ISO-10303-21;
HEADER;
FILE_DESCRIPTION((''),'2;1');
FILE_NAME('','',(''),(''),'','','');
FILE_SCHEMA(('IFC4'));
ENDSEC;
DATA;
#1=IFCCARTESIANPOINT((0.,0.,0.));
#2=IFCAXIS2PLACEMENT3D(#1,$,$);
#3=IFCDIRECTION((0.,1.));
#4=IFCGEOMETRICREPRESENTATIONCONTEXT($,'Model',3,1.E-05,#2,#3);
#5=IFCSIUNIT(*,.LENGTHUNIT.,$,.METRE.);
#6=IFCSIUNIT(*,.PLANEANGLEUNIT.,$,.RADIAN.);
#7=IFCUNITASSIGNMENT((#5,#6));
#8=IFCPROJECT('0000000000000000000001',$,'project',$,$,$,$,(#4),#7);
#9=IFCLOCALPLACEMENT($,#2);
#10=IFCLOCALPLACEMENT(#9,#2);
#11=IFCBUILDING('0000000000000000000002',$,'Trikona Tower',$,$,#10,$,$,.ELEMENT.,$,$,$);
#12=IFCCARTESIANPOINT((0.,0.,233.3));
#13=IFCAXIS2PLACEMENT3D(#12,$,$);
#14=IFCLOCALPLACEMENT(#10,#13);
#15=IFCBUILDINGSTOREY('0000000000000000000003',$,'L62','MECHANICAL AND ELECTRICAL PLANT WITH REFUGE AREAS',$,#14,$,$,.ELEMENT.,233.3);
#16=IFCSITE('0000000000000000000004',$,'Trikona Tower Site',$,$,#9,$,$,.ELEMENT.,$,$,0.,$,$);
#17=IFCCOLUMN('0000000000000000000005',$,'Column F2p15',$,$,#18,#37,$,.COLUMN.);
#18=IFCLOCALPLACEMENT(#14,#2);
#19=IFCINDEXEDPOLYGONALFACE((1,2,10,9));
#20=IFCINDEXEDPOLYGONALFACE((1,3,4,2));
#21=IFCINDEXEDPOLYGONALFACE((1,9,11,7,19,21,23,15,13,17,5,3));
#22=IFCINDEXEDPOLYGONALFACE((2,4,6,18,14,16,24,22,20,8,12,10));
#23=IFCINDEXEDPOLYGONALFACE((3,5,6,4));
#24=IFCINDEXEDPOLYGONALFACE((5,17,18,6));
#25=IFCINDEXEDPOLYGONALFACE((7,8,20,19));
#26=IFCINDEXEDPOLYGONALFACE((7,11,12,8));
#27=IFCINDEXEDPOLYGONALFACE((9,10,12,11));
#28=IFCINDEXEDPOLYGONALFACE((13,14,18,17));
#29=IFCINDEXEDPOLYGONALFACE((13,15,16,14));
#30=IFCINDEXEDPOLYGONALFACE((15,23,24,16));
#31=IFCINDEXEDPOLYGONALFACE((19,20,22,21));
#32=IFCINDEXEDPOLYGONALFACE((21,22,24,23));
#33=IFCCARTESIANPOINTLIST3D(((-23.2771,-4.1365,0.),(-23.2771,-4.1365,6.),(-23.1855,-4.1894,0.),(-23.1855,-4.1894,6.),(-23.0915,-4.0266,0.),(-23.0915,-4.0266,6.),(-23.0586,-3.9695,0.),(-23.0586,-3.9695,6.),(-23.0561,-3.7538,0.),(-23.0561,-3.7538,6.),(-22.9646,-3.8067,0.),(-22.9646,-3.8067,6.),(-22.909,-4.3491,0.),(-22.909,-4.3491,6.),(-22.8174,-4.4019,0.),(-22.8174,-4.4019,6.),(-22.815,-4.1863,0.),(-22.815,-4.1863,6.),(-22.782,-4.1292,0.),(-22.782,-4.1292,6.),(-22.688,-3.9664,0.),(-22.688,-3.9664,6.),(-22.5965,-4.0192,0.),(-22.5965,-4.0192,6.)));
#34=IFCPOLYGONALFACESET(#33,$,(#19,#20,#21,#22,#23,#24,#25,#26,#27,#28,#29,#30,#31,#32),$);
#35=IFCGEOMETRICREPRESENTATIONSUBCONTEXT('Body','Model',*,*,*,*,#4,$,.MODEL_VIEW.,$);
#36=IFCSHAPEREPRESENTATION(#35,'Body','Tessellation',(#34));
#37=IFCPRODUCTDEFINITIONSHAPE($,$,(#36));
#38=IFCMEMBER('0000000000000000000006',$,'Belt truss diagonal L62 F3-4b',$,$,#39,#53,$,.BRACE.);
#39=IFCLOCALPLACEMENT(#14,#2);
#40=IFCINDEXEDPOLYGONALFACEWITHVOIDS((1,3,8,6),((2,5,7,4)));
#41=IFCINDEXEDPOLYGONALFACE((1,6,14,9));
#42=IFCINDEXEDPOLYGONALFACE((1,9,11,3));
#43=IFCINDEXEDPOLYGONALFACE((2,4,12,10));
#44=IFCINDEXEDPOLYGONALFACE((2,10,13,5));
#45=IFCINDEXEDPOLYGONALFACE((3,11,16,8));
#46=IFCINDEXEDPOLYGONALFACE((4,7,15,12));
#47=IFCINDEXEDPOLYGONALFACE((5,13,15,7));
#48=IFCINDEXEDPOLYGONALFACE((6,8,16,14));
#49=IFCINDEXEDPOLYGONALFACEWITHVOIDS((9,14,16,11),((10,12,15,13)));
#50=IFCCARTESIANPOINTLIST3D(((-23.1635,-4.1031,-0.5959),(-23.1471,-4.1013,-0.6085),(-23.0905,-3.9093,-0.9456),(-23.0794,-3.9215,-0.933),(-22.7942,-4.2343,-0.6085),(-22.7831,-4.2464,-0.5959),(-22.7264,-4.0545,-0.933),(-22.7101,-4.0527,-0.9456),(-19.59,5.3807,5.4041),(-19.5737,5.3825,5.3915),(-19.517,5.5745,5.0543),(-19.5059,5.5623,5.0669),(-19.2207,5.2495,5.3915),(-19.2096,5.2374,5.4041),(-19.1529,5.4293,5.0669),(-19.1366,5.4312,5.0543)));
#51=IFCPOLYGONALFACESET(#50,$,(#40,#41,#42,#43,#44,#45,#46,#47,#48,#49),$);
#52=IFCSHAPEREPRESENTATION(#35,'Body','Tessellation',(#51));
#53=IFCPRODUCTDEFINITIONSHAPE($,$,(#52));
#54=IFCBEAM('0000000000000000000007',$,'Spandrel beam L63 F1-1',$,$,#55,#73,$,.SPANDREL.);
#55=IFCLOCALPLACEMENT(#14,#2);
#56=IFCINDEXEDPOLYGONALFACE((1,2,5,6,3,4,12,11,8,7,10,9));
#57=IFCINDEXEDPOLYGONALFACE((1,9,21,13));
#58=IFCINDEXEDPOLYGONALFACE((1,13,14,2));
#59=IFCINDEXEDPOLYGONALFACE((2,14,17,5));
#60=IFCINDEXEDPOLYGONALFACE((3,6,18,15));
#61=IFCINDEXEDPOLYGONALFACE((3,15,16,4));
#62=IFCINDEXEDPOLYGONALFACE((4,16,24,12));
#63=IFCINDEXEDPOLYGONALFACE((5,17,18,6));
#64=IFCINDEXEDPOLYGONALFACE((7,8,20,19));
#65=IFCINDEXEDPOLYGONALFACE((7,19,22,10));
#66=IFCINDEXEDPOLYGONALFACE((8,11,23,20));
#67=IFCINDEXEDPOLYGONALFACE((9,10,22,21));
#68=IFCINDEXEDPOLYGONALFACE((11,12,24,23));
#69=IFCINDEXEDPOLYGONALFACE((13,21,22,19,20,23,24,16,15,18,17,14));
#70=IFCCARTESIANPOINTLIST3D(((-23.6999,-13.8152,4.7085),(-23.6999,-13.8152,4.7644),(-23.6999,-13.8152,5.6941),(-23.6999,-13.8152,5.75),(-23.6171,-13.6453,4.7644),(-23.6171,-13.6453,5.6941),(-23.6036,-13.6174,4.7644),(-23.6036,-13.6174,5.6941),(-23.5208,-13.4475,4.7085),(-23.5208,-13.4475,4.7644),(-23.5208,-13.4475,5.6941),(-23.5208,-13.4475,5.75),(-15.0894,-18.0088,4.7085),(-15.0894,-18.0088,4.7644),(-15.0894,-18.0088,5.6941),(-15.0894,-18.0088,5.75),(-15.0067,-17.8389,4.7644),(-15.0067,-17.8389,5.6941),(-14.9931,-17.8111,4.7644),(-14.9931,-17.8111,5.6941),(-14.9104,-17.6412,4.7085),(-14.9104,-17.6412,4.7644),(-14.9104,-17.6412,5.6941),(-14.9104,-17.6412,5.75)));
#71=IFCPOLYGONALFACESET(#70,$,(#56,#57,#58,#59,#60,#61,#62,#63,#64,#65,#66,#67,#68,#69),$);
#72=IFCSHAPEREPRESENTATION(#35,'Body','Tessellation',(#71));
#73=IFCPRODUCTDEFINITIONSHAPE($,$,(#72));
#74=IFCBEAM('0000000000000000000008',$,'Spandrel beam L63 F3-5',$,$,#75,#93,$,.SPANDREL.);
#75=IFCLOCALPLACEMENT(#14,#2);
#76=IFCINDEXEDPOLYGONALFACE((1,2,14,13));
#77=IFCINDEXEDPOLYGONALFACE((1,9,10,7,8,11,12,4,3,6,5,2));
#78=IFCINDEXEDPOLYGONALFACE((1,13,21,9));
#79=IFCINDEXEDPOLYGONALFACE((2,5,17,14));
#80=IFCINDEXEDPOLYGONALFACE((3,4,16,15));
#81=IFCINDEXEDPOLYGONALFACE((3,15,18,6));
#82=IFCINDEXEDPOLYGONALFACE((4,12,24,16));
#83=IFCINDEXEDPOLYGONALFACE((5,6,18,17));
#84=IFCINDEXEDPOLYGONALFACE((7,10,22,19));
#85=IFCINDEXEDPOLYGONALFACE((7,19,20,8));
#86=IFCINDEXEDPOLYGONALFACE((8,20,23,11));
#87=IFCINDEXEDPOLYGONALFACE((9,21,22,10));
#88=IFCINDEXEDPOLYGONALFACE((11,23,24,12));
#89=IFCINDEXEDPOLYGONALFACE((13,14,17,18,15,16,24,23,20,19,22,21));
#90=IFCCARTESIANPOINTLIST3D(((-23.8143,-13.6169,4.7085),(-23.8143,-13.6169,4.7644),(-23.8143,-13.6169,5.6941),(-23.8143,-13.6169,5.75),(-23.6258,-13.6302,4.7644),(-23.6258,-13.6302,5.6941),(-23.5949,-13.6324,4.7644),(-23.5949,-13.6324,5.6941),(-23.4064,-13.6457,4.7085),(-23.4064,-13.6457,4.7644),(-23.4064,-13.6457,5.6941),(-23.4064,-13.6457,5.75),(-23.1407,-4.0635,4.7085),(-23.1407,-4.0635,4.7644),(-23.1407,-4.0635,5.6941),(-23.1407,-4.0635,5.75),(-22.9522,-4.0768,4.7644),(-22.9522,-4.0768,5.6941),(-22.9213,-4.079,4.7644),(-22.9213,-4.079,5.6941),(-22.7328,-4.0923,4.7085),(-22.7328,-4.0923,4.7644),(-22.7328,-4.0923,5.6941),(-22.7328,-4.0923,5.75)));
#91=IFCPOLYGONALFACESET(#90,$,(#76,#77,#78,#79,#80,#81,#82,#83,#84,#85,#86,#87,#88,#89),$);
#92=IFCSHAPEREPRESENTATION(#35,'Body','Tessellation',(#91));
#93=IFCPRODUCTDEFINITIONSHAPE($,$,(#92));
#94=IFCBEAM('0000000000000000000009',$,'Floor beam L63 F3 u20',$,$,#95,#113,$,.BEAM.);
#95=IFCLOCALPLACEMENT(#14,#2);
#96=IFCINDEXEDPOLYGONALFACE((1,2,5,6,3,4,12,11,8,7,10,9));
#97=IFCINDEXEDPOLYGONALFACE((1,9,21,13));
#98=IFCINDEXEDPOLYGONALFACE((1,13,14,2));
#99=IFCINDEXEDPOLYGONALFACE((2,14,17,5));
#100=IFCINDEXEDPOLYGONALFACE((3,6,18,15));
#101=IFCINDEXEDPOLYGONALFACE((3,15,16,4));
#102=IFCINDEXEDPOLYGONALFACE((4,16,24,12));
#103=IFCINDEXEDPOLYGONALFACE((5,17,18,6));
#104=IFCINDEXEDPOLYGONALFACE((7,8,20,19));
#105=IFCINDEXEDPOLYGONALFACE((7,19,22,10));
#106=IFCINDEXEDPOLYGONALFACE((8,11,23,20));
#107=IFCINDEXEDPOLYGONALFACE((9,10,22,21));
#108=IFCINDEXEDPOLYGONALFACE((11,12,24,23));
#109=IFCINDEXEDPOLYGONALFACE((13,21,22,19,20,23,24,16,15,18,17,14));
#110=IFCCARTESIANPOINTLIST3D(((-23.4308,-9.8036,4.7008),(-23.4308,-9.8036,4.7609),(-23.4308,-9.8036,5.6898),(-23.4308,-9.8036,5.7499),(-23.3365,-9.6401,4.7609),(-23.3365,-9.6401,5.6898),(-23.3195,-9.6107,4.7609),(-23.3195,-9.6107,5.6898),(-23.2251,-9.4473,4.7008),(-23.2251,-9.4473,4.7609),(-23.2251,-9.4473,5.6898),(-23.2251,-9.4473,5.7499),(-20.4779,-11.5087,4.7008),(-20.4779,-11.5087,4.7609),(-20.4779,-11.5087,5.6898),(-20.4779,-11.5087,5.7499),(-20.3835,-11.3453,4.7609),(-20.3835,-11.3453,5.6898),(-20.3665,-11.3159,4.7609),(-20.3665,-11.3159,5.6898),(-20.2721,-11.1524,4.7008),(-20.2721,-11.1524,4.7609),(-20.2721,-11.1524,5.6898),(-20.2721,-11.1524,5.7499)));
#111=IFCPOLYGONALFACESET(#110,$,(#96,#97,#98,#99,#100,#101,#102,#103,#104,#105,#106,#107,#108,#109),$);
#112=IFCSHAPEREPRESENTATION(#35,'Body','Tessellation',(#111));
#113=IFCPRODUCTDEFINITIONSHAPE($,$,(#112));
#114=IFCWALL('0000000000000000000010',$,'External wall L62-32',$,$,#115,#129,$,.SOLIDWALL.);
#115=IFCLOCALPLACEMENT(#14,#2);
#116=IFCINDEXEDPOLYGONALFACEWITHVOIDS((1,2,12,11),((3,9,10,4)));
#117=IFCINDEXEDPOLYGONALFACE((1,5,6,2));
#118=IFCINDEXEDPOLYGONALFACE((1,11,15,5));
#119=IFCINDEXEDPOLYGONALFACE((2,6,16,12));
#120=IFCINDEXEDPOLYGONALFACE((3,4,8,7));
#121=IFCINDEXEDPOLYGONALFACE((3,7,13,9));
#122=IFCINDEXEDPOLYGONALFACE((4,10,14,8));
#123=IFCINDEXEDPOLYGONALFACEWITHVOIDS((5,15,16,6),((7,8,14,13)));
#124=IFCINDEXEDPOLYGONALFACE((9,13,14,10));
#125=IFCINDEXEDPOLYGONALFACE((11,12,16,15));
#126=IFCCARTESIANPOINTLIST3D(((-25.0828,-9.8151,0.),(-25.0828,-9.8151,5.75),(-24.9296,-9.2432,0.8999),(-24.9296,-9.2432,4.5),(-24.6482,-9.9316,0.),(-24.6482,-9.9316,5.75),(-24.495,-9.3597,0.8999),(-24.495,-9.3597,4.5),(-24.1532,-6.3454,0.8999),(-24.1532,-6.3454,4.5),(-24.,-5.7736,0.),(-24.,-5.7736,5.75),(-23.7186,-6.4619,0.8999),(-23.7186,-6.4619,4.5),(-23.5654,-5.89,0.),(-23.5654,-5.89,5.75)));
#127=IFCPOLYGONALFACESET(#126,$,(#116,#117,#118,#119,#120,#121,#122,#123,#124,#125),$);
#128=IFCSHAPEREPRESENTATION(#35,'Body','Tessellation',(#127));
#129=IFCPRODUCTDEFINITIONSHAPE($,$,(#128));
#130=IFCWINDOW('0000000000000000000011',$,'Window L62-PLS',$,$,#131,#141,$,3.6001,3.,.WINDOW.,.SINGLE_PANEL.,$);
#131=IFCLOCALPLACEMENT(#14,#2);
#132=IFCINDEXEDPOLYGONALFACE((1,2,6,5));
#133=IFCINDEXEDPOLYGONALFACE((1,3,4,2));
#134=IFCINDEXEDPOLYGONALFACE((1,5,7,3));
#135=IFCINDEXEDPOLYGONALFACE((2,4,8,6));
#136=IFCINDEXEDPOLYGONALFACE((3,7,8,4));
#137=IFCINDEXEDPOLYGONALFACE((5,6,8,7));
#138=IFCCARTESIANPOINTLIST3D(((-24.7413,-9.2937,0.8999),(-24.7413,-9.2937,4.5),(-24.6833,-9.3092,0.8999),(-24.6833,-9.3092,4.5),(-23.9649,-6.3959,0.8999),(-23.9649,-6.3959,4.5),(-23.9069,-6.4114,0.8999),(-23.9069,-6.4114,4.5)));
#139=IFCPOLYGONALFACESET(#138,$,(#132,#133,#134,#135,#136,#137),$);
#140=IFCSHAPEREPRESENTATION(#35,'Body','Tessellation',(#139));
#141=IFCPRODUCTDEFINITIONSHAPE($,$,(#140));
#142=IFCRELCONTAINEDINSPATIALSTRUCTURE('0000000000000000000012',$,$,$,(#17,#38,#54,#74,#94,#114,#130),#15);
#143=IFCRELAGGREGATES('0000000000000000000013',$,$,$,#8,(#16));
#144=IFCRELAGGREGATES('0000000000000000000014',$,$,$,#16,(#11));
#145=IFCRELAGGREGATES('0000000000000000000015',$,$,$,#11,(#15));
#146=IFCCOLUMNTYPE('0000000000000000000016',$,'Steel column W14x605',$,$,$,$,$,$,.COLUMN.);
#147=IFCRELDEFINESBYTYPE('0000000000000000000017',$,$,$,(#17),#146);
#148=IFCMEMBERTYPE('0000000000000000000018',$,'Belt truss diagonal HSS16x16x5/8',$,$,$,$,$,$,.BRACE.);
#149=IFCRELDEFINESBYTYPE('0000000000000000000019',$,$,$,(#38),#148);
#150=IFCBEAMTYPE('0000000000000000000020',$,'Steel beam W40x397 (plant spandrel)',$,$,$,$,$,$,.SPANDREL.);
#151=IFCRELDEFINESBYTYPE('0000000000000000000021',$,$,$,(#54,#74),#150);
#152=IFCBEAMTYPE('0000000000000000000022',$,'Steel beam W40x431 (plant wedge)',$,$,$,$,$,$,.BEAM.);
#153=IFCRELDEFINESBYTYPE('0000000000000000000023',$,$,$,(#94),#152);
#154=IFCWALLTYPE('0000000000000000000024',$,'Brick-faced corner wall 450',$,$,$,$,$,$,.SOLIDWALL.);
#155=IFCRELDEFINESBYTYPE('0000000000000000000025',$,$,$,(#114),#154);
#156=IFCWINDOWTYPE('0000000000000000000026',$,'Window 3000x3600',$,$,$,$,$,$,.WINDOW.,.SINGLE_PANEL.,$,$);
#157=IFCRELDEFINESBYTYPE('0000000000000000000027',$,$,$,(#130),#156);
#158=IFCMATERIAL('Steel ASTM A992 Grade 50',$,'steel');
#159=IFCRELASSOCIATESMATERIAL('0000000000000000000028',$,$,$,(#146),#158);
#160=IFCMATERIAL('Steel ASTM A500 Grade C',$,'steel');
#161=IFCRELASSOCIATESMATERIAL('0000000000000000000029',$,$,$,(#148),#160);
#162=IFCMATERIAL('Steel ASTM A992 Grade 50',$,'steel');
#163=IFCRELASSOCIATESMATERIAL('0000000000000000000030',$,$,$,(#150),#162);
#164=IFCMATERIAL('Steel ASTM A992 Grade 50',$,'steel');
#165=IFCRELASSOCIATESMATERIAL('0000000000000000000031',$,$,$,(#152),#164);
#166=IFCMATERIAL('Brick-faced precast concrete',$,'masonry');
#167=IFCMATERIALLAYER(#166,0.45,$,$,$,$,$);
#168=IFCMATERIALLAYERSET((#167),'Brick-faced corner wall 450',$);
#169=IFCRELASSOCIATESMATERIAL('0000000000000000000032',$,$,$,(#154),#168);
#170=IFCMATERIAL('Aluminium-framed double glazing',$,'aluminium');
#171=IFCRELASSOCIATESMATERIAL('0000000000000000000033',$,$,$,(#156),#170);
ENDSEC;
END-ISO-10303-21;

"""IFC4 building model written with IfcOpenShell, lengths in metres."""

from ifc_helpers import new_model, si_unit, direction, frame, frame_2d, origin, origin_2d, place, context, subcontext, project, spatial, rectangle, hollow_rectangle, i_section, extrude, material, layer, layer_set, material_profile, profile_set, type_object, element, fill, save


model = new_model("IFC4")

# Units and contexts
model_context = context("Model", 3, precision=1e-05, world=origin(), true_north=direction((0.0, 1.0)))
body_context = subcontext(model_context, "Body", "Model", "MODEL_VIEW")
ifc_project = project(units=[si_unit("LENGTHUNIT", "METRE"), si_unit("PLANEANGLEUNIT", "RADIAN")], contexts=[model_context])

# Site, building, storey
site_placement = place(None, origin())
site = spatial("IfcSite", under=ifc_project, at=site_placement, Name="Trikona Tower Site", CompositionType="ELEMENT", RefElevation=0.0)
building_placement = place(site_placement, origin())
building = spatial("IfcBuilding", under=site, at=building_placement, Name="Trikona Tower", CompositionType="ELEMENT")
storey_placement = place(building_placement, frame((0.0, 0.0, 233.3)))
storey = spatial("IfcBuildingStorey", under=building, at=storey_placement, Name="L62", Description="MECHANICAL AND ELECTRICAL PLANT WITH REFUGE AREAS", CompositionType="ELEMENT", Elevation=233.3)

# Column
ifc_material_1 = material(Name="Steel ASTM A992 Grade 50", Category="steel")
ifc_material_profile_1 = material_profile(ifc_material_1, i_section(OverallWidth=0.4419, OverallDepth=0.5308, WebThickness=0.0659, FlangeThickness=0.1057, at=origin_2d()), Name="W14X605")
ifc_profile_set_1 = profile_set([ifc_material_profile_1], Name="Steel ASTM A992 Grade 50")
column_type = type_object("IfcColumnType", Name="Steel column W14x605", PredefinedType="COLUMN", material=ifc_profile_set_1)
column_placement = place(storey_placement, frame((-22.9368, -4.0779, 0.0), z_axis=(0.0, 0.0, 1.0), x_axis=(-0.5, -0.866025, 0.0)))
element("IfcColumn", 1, at=column_placement, inside=storey, type_object=column_type, Name="Column F2p15", PredefinedType="COLUMN", context=body_context, shape_type="SweptSolid", body=[
    extrude(i_section(OverallWidth=0.4419, OverallDepth=0.5308, WebThickness=0.0659, FlangeThickness=0.1057, at=origin_2d()), origin(), (0.0, 0.0, 1.0), 6.0),
])

# Member
ifc_material_2 = material(Name="Steel ASTM A500 Grade C", Category="steel")
ifc_material_profile_2 = material_profile(ifc_material_2, hollow_rectangle(XDim=0.4065, YDim=0.4065, WallThickness=0.0146, at=origin_2d()), Name="HSS16X16X5/8")
ifc_profile_set_2 = profile_set([ifc_material_profile_2], Name="Steel ASTM A500 Grade C")
member_type = type_object("IfcMemberType", Name="Belt truss diagonal HSS16x16x5/8", PredefinedType="BRACE", material=ifc_profile_set_2)
member_placement = place(storey_placement, frame((-22.9368, -4.0779, -0.7708), z_axis=(0.303412, 0.805242, 0.509438), x_axis=(-0.935776, 0.352596, 0.0)))
element("IfcMember", 2, at=member_placement, inside=storey, type_object=member_type, Name="Belt truss diagonal L62 F3-4b", PredefinedType="BRACE", context=body_context, shape_type="SweptSolid", body=[
    extrude(hollow_rectangle(XDim=0.4065, YDim=0.4065, WallThickness=0.0146, at=origin_2d()), origin(), (0.0, 0.0, 1.0), 11.7776),
])

# Beams
ifc_material_3 = material(Name="Steel ASTM A992 Grade 50", Category="steel")
ifc_material_profile_3 = material_profile(ifc_material_3, i_section(OverallWidth=0.4089, OverallDepth=1.0415, WebThickness=0.031, FlangeThickness=0.0559, at=origin_2d()), Name="W40X397")
ifc_profile_set_3 = profile_set([ifc_material_profile_3], Name="Steel ASTM A992 Grade 50")
beam_type_1 = type_object("IfcBeamType", Name="Steel beam W40x397 (plant spandrel)", PredefinedType="SPANDREL", material=ifc_profile_set_3)
beam_1_placement = place(storey_placement, frame((-23.6104, -13.6313, 5.2292), z_axis=(0.899039, -0.43787, 0.0), x_axis=(0.43787, 0.899039, 0.0)))
element("IfcBeam", 3, at=beam_1_placement, inside=storey, type_object=beam_type_1, Name="Spandrel beam L63 F1-1", PredefinedType="SPANDREL", context=body_context, shape_type="SweptSolid", body=[
    extrude(i_section(OverallWidth=0.4089, OverallDepth=1.0415, WebThickness=0.031, FlangeThickness=0.0559, at=origin_2d()), origin(), (0.0, 0.0, 1.0), 9.5774),
])
beam_2_placement = place(storey_placement, frame((-22.9368, -4.0779, 5.2292), z_axis=(-0.070332, -0.997524, 0.0), x_axis=(0.997524, -0.070332, 0.0)))
element("IfcBeam", 4, at=beam_2_placement, inside=storey, type_object=beam_type_1, Name="Spandrel beam L63 F3-5", PredefinedType="SPANDREL", context=body_context, shape_type="SweptSolid", body=[
    extrude(i_section(OverallWidth=0.4089, OverallDepth=1.0415, WebThickness=0.031, FlangeThickness=0.0559, at=origin_2d()), origin(), (0.0, 0.0, 1.0), 9.5771),
])
ifc_material_4 = material(Name="Steel ASTM A992 Grade 50", Category="steel")
ifc_material_profile_4 = material_profile(ifc_material_4, i_section(OverallWidth=0.4114, OverallDepth=1.0491, WebThickness=0.0339, FlangeThickness=0.0601, at=origin_2d()), Name="W40X431")
ifc_profile_set_4 = profile_set([ifc_material_profile_4], Name="Steel ASTM A992 Grade 50")
beam_type_2 = type_object("IfcBeamType", Name="Steel beam W40x431 (plant wedge)", PredefinedType="BEAM", material=ifc_profile_set_4)
beam_3_placement = place(storey_placement, frame((-20.375, -11.3306, 5.2253), z_axis=(-0.865996, 0.500051, 0.0), x_axis=(-0.500051, -0.865996, 0.0)))
element("IfcBeam", 5, at=beam_3_placement, inside=storey, type_object=beam_type_2, Name="Floor beam L63 F3 u20", PredefinedType="BEAM", context=body_context, shape_type="SweptSolid", body=[
    extrude(i_section(OverallWidth=0.4114, OverallDepth=1.0491, WebThickness=0.0339, FlangeThickness=0.0601, at=origin_2d()), origin(), (0.0, 0.0, 1.0), 3.4099),
])

# Wall, opening, window
ifc_material_5 = material(Name="Brick-faced precast concrete", Category="masonry")
ifc_layer_1 = layer(ifc_material_5, 0.45)
ifc_layer_set_1 = layer_set([ifc_layer_1], Name="Brick-faced corner wall 450")
wall_type_1 = type_object("IfcWallType", Name="Brick-faced corner wall 450", PredefinedType="SOLIDWALL", material=ifc_layer_set_1)
wall_1_placement = place(storey_placement, frame((-23.7827, -5.8318, 0.0), z_axis=(0.0, 0.0, 1.0), x_axis=(-0.258785, -0.965935, 0.0)))
wall_1 = element("IfcWall", 6, at=wall_1_placement, inside=storey, type_object=wall_type_1, Name="External wall L62-32", PredefinedType="SOLIDWALL", context=body_context, shape_type="SweptSolid", body=[
    extrude(rectangle(XDim=4.1841, YDim=0.45, at=frame_2d((2.092, 0.0))), origin(), (0.0, 0.0, 1.0), 5.75),
])
opening_1_placement = place(wall_1_placement, frame((0.592, 0.0, 0.8999)))
opening_1 = element("IfcOpeningElement", 7, at=opening_1_placement, cuts=wall_1, PredefinedType="OPENING", context=body_context, shape_type="SweptSolid", body=[
    extrude(rectangle(XDim=3.0, YDim=3.6001, at=frame_2d((1.5, 1.8))), frame((0.0, 0.2349, 0.0), z_axis=(0.0, -1.0, 0.0), x_axis=(1.0, 0.0, 0.0)), (0.0, 0.0, 1.0), 0.47),
])
ifc_material_6 = material(Name="Aluminium-framed double glazing", Category="aluminium")
window_type_1 = type_object("IfcWindowType", Name="Window 3000x3600", PartitioningType="SINGLE_PANEL", PredefinedType="WINDOW", material=ifc_material_6)
window_1_placement = place(opening_1_placement, origin())
window_1 = element("IfcWindow", 8, at=window_1_placement, inside=storey, type_object=window_type_1, Name="Window L62-PLS", OverallHeight=3.6001, OverallWidth=3.0, PartitioningType="SINGLE_PANEL", PredefinedType="WINDOW", context=body_context, shape_type="SweptSolid", body=[
    extrude(rectangle(XDim=3.0, YDim=3.6001, at=frame_2d((1.5, 1.8))), frame((0.0, 0.03, 0.0), z_axis=(0.0, -1.0, 0.0), x_axis=(1.0, 0.0, 0.0)), (0.0, 0.0, 1.0), 0.0601),
])
fill(opening_1, window_1)

save(model, "model.ifc")
